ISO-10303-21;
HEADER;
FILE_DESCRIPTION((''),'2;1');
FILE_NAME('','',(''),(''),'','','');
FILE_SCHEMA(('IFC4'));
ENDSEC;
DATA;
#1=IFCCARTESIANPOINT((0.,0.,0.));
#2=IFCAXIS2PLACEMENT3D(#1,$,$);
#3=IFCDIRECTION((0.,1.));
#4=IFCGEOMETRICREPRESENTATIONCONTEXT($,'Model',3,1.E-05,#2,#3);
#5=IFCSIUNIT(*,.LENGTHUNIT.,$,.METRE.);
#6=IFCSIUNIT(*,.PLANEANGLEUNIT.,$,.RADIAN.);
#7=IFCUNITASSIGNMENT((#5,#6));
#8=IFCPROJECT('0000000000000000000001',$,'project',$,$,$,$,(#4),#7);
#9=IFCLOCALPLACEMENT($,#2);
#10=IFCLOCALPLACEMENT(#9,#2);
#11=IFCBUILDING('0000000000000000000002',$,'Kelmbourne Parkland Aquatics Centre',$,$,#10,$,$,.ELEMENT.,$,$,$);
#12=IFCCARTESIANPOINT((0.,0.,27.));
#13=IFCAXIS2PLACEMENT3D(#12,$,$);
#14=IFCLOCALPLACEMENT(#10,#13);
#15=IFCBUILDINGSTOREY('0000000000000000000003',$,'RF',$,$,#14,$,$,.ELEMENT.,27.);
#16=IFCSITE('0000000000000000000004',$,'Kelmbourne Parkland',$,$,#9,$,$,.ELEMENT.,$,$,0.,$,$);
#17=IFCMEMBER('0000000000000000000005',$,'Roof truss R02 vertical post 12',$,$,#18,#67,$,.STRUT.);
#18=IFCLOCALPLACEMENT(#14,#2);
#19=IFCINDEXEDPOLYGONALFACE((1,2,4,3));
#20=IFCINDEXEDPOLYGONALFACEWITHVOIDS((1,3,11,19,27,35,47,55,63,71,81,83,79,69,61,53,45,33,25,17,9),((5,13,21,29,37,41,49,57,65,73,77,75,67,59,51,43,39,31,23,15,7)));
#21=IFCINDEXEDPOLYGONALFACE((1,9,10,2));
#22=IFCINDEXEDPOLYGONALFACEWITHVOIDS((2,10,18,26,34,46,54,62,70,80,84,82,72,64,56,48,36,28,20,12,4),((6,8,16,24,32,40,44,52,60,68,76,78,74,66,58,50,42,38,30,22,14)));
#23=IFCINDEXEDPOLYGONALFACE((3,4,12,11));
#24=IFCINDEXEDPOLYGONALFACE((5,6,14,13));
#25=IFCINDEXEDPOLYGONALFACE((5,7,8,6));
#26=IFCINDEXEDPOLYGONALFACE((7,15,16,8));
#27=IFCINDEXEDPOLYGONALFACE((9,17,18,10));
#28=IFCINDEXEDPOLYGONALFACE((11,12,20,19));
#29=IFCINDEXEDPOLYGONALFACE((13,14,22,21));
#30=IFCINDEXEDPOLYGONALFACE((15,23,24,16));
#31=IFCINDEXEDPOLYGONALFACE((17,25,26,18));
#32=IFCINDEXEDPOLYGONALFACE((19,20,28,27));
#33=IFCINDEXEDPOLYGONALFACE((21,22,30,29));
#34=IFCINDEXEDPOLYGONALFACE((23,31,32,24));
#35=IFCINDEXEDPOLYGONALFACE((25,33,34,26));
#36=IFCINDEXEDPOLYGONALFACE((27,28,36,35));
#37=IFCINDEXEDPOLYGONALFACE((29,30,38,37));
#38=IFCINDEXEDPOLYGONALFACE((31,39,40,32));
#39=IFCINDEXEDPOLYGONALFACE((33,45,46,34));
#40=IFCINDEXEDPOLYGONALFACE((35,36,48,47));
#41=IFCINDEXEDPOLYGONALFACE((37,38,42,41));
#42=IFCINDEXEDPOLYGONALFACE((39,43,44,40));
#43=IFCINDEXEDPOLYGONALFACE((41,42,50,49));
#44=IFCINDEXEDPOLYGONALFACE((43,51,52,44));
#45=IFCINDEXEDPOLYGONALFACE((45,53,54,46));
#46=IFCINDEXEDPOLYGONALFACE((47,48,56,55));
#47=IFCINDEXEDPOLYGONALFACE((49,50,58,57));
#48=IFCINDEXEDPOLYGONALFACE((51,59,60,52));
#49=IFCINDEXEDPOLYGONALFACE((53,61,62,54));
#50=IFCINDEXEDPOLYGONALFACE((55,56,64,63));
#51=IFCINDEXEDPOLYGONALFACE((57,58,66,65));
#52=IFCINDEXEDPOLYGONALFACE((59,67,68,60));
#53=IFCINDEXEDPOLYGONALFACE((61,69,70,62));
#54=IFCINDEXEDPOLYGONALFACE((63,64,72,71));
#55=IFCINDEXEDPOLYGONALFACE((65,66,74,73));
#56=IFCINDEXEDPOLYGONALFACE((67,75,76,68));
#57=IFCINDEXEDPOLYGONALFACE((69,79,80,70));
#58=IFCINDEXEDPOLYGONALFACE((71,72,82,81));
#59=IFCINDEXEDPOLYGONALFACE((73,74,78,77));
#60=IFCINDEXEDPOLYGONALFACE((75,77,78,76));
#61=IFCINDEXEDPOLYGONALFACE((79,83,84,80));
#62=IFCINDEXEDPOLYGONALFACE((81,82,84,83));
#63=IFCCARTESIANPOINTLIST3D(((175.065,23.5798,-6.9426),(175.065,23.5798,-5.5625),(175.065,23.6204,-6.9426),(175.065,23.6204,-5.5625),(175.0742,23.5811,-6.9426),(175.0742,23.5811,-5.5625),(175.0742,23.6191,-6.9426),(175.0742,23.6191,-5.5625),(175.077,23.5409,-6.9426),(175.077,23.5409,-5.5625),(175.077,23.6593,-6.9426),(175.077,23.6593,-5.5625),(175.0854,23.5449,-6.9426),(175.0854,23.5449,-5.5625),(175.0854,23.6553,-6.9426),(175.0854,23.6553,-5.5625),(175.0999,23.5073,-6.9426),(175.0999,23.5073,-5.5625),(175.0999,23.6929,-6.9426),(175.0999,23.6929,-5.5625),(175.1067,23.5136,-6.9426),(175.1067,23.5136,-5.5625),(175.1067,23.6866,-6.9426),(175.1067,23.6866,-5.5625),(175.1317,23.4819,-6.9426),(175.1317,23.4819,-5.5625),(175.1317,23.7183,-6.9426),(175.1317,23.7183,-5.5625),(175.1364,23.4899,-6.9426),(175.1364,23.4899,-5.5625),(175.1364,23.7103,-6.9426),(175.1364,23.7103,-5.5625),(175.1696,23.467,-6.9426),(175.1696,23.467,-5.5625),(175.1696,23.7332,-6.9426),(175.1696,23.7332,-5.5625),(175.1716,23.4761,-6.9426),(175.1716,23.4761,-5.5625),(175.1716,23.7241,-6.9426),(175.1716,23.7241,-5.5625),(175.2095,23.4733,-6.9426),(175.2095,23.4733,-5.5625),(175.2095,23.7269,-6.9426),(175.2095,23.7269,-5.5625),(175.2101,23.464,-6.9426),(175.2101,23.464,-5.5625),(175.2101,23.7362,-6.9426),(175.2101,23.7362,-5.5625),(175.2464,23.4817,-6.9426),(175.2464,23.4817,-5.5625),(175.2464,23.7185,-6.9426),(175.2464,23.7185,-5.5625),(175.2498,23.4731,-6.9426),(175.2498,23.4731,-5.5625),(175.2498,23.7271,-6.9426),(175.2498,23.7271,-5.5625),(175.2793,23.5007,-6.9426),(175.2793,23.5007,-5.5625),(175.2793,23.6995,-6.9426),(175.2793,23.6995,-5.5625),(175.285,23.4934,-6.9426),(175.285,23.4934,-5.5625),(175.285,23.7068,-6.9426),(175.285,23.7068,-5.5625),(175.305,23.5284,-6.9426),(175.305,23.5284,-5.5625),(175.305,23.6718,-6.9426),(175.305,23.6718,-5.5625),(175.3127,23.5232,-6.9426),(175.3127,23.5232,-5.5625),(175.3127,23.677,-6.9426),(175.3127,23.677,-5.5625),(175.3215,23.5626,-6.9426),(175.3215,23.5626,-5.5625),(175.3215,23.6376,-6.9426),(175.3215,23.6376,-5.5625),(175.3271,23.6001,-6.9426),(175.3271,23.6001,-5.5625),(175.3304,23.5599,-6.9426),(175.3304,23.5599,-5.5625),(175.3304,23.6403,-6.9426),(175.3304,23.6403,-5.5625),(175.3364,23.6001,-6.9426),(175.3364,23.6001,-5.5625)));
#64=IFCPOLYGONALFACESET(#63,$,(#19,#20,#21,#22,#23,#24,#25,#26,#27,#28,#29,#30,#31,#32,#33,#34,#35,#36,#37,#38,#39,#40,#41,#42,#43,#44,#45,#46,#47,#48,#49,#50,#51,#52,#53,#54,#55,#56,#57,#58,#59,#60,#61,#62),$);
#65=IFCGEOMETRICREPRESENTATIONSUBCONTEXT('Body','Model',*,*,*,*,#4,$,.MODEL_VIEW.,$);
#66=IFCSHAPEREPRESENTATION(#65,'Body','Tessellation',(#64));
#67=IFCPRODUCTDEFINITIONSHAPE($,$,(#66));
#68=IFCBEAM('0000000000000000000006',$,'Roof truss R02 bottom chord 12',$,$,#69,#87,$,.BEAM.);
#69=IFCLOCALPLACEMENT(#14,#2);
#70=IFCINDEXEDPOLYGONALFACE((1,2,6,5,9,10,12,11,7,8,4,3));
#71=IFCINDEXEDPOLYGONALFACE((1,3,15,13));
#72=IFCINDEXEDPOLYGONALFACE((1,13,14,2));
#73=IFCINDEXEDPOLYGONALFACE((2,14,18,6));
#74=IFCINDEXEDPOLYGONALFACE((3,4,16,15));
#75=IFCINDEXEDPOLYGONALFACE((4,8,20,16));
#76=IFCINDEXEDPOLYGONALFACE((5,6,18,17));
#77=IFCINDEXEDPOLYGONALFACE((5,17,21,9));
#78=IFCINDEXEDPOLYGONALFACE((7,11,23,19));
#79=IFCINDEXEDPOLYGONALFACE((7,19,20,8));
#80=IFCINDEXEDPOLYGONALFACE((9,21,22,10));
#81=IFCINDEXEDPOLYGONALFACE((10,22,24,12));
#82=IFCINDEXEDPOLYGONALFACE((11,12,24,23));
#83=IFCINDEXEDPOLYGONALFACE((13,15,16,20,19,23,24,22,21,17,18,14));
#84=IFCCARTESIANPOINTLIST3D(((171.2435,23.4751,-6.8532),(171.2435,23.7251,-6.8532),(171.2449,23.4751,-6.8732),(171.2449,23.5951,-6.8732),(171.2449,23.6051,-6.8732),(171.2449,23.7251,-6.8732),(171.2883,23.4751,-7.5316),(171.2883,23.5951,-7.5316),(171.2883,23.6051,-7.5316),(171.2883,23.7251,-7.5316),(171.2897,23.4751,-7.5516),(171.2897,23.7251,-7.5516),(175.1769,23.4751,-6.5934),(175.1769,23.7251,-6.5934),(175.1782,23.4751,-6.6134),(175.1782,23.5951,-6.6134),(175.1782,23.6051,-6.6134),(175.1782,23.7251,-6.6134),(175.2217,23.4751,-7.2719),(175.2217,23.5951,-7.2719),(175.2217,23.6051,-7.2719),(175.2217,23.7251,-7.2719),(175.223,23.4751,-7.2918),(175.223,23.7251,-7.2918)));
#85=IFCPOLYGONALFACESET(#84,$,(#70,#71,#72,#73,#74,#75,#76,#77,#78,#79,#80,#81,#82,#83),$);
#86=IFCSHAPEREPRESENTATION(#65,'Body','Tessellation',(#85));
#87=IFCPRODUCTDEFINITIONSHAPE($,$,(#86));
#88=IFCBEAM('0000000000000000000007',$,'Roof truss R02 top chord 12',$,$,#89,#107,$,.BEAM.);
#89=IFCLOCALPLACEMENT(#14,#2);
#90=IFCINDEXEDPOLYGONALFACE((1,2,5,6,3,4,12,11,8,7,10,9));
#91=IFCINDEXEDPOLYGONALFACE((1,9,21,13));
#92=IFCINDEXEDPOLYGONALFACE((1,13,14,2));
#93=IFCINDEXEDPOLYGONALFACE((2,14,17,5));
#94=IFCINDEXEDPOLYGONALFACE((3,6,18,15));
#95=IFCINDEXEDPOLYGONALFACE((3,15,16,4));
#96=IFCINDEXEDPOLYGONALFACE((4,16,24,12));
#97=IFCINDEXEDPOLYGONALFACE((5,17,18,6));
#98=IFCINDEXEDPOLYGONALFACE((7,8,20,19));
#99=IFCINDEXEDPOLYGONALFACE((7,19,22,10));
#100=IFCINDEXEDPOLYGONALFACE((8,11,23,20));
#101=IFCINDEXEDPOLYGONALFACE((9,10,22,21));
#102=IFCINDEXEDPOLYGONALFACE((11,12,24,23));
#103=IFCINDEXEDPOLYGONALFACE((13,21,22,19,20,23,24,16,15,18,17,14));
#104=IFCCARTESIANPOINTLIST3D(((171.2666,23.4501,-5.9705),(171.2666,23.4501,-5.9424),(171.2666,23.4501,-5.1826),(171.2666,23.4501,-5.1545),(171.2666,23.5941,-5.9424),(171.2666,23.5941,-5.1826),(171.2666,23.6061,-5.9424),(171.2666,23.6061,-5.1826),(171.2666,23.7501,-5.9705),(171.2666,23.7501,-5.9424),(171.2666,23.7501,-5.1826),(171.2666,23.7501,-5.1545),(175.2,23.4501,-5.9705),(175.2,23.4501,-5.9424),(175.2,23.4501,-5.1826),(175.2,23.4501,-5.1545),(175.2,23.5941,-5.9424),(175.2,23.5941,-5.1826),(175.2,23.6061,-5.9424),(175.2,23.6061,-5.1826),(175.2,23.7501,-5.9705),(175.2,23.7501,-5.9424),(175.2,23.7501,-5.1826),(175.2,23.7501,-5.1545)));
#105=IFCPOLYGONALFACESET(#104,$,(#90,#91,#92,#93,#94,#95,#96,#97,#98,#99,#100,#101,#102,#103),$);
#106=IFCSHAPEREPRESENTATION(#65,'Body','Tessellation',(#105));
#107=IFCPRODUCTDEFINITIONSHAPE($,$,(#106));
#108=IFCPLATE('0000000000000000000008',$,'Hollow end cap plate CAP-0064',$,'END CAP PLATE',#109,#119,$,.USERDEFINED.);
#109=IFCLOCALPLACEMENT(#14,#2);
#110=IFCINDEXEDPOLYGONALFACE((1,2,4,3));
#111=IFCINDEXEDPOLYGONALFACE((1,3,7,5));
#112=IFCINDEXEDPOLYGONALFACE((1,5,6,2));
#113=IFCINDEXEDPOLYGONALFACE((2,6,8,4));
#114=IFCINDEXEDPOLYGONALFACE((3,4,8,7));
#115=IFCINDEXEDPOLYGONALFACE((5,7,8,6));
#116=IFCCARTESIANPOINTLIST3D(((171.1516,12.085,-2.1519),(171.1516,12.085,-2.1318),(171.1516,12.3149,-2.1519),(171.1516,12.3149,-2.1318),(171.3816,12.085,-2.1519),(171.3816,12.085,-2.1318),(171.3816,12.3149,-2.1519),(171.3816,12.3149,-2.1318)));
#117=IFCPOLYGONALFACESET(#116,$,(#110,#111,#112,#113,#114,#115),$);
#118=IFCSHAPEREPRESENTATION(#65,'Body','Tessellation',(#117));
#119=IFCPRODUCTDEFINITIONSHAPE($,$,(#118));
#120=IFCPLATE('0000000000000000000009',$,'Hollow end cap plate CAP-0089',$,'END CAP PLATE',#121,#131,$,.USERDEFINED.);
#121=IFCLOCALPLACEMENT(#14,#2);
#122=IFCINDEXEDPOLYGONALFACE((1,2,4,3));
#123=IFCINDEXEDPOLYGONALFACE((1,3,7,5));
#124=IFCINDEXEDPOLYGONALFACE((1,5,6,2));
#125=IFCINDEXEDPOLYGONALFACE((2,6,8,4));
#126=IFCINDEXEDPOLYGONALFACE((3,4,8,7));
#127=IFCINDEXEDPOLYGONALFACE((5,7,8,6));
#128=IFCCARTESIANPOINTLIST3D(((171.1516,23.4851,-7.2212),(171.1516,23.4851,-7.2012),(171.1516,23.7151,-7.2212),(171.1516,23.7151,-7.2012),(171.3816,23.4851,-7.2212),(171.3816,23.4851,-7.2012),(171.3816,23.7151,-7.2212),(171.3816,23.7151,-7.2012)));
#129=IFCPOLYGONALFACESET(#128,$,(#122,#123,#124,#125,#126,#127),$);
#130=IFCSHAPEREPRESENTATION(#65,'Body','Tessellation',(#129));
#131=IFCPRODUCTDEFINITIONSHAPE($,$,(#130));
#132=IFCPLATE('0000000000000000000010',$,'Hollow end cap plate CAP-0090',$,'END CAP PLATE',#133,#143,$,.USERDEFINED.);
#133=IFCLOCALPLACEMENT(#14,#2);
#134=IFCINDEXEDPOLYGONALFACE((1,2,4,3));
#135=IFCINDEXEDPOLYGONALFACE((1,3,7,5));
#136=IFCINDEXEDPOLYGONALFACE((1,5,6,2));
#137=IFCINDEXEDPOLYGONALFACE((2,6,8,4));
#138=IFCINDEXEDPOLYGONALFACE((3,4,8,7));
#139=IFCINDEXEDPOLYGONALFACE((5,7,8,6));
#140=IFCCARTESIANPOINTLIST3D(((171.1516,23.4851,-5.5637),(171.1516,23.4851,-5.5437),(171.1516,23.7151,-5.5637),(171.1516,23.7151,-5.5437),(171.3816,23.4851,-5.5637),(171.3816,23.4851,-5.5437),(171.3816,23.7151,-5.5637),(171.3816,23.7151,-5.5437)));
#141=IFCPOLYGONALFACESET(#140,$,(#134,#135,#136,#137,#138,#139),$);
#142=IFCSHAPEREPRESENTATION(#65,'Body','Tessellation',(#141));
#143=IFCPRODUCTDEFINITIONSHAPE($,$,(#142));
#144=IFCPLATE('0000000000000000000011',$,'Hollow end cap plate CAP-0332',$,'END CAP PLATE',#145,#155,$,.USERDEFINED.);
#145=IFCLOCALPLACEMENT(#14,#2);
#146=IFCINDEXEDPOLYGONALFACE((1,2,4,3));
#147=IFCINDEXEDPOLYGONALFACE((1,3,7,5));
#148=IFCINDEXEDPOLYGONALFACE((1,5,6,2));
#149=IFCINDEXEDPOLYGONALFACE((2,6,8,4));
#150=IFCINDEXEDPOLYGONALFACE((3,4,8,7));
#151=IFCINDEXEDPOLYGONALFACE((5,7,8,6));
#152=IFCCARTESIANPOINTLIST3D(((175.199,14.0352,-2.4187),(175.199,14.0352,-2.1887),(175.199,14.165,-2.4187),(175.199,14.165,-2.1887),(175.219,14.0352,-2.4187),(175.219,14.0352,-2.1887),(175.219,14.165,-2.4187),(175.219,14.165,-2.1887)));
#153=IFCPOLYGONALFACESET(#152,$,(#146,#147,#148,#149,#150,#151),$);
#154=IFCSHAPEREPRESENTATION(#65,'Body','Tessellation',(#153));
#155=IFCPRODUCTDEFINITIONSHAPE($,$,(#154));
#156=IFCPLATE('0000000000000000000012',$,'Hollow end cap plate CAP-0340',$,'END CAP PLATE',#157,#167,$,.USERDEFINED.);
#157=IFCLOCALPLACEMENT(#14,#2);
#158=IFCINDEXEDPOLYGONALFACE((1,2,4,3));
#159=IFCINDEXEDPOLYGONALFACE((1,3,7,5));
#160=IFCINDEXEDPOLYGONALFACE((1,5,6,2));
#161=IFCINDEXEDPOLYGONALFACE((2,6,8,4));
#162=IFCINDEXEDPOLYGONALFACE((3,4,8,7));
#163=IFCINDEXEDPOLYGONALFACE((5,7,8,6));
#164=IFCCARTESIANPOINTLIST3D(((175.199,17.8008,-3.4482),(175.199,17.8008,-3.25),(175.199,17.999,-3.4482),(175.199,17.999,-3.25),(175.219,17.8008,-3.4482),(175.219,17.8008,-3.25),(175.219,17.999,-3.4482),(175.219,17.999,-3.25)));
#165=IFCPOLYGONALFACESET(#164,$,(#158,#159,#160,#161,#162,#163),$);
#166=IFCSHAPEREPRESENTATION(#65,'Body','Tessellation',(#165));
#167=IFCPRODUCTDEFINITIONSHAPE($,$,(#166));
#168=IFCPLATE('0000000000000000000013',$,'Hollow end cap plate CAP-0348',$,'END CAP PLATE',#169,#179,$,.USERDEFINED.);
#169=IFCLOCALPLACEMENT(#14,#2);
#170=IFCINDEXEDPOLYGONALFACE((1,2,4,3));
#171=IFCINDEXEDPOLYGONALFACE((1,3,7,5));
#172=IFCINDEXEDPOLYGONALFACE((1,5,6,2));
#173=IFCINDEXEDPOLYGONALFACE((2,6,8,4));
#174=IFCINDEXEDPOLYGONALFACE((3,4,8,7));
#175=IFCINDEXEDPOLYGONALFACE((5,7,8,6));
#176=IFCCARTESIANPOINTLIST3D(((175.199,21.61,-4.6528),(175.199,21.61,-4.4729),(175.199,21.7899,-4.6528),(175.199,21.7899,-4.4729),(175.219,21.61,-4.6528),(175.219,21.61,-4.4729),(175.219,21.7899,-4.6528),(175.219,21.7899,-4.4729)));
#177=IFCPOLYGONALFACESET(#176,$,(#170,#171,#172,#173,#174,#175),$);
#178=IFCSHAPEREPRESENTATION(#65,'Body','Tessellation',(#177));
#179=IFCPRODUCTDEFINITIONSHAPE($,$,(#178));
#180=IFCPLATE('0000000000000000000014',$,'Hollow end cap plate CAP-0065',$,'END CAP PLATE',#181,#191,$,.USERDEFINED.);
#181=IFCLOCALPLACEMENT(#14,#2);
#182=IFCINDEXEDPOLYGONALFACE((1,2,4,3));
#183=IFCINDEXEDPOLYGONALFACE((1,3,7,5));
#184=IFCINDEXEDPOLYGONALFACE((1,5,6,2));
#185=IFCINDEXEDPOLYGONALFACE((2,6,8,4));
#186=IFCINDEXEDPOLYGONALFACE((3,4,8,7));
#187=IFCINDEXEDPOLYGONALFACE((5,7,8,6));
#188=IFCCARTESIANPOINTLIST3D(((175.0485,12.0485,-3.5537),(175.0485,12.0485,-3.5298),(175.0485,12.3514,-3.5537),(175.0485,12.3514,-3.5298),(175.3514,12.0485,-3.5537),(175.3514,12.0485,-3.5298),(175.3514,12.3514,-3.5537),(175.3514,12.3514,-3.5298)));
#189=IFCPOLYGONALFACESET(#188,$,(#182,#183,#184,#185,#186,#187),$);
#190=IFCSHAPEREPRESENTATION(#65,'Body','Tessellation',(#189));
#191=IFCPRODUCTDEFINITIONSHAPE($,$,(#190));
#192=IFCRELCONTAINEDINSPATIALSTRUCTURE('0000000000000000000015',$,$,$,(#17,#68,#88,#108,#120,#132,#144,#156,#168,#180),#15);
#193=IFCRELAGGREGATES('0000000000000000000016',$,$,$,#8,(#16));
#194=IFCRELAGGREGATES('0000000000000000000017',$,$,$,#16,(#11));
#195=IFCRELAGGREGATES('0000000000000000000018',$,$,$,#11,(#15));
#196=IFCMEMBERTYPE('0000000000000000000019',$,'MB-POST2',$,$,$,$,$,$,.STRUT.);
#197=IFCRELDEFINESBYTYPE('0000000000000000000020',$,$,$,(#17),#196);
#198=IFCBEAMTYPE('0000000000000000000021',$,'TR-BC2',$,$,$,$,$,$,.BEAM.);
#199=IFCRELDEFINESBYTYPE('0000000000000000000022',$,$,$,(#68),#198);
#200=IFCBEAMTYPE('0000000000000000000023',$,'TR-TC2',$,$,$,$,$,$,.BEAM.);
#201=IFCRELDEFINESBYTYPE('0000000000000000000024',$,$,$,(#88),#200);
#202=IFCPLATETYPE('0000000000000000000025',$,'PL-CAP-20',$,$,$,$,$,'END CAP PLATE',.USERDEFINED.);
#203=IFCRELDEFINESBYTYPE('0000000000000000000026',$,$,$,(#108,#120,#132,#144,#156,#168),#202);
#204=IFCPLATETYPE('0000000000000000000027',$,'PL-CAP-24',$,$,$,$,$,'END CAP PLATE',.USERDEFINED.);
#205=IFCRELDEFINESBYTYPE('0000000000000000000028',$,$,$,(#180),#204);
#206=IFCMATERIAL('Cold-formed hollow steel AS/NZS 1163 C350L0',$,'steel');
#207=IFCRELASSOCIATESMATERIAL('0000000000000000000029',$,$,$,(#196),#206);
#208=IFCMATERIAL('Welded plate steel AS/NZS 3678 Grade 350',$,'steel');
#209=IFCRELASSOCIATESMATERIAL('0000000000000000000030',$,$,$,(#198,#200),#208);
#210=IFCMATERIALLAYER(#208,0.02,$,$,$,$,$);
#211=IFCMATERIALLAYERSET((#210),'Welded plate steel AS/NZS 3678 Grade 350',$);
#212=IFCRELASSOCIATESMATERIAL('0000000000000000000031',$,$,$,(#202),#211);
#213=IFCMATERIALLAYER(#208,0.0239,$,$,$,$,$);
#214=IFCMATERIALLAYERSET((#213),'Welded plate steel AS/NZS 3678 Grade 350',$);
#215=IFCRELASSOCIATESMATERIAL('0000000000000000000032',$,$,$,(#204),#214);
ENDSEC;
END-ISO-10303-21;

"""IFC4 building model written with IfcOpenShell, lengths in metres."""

from ifc_helpers import new_model, si_unit, direction, frame, origin, origin_2d, place, context, subcontext, project, spatial, rectangle, hollow_circle, i_section, extrude, material, layer, layer_set, material_profile, profile_set, type_object, element, save


model = new_model("IFC4")

# Units and contexts
model_context = context("Model", 3, precision=1e-05, world=origin(), true_north=direction((0.0, 1.0)))
body_context = subcontext(model_context, "Body", "Model", "MODEL_VIEW")
ifc_project = project(units=[si_unit("LENGTHUNIT", "METRE"), si_unit("PLANEANGLEUNIT", "RADIAN")], contexts=[model_context])

# Site, building, storey
site_placement = place(None, origin())
site = spatial("IfcSite", under=ifc_project, at=site_placement, Name="Kelmbourne Parkland", CompositionType="ELEMENT", RefElevation=0.0)
building_placement = place(site_placement, origin())
building = spatial("IfcBuilding", under=site, at=building_placement, Name="Kelmbourne Parkland Aquatics Centre", CompositionType="ELEMENT")
storey_placement = place(building_placement, frame((0.0, 0.0, 27.0)))
storey = spatial("IfcBuildingStorey", under=building, at=storey_placement, Name="RF", CompositionType="ELEMENT", Elevation=27.0)

# Member
ifc_material_1 = material(Name="Cold-formed hollow steel AS/NZS 1163 C350L0", Category="steel")
ifc_material_profile_1 = material_profile(ifc_material_1, hollow_circle(Radius=0.1365, WallThickness=0.0093, at=origin_2d()), Name="CHS 273.1x9.3")
ifc_profile_set_1 = profile_set([ifc_material_profile_1], Name="Cold-formed hollow steel AS/NZS 1163 C350L0")
member_type_1 = type_object("IfcMemberType", Name="MB-POST2", PredefinedType="STRUT", material=ifc_profile_set_1)
member_1_placement = place(storey_placement, frame((175.2, 23.6001, -6.9426), z_axis=(0.0, 0.0, 1.0), x_axis=(1.0, 0.0, 0.0)))
element("IfcMember", 1, at=member_1_placement, inside=storey, type_object=member_type_1, Name="Roof truss R02 vertical post 12", PredefinedType="STRUT", context=body_context, shape_type="SweptSolid", body=[
    extrude(hollow_circle(Radius=0.1365, WallThickness=0.0093, at=origin_2d()), origin(), (0.0, 0.0, 1.0), 1.3801),
])

# Beams
ifc_material_2 = material(Name="Welded plate steel AS/NZS 3678 Grade 350", Category="steel")
ifc_material_profile_2 = material_profile(ifc_material_2, i_section(OverallWidth=0.25, OverallDepth=0.7, WebThickness=0.01, FlangeThickness=0.02, at=origin_2d()), Name="700WB130")
ifc_profile_set_2 = profile_set([ifc_material_profile_2], Name="Welded plate steel AS/NZS 3678 Grade 350")
beam_type_1 = type_object("IfcBeamType", Name="TR-BC2", PredefinedType="BEAM", material=ifc_profile_set_2)
beam_1_placement = place(storey_placement, frame((171.2666, 23.6001, -7.2024), z_axis=(0.997826, 0.0, 0.065898), x_axis=(0.0, 1.0, 0.0)))
element("IfcBeam", 2, at=beam_1_placement, inside=storey, type_object=beam_type_1, Name="Roof truss R02 bottom chord 12", PredefinedType="BEAM", context=body_context, shape_type="SweptSolid", body=[
    extrude(i_section(OverallWidth=0.25, OverallDepth=0.7, WebThickness=0.01, FlangeThickness=0.02, at=origin_2d()), origin(), (0.0, 0.0, 1.0), 3.9419),
])
ifc_material_profile_3 = material_profile(ifc_material_2, i_section(OverallWidth=0.3, OverallDepth=0.8159, WebThickness=0.012, FlangeThickness=0.0281, at=origin_2d()), Name="800WB192")
ifc_profile_set_3 = profile_set([ifc_material_profile_3], Name="Welded plate steel AS/NZS 3678 Grade 350")
beam_type_2 = type_object("IfcBeamType", Name="TR-TC2", PredefinedType="BEAM", material=ifc_profile_set_3)
beam_2_placement = place(storey_placement, frame((171.2666, 23.6001, -5.5625), z_axis=(1.0, 0.0, 0.0), x_axis=(0.0, 1.0, 0.0)))
element("IfcBeam", 3, at=beam_2_placement, inside=storey, type_object=beam_type_2, Name="Roof truss R02 top chord 12", PredefinedType="BEAM", context=body_context, shape_type="SweptSolid", body=[
    extrude(i_section(OverallWidth=0.3, OverallDepth=0.8159, WebThickness=0.012, FlangeThickness=0.0281, at=origin_2d()), origin(), (0.0, 0.0, 1.0), 3.9333),
])

# Plates
ifc_layer_1 = layer(ifc_material_2, 0.02)
ifc_layer_set_1 = layer_set([ifc_layer_1], Name="Welded plate steel AS/NZS 3678 Grade 350")
plate_type_1 = type_object("IfcPlateType", Name="PL-CAP-20", ElementType="END CAP PLATE", PredefinedType="USERDEFINED", material=ifc_layer_set_1)
for number, where, z_axis, x_axis, name in (
    (4, (171.2666, 12.2, -2.1519), (0.0, 0.0, 1.0), (1.0, 0.0, 0.0), "Hollow end cap plate CAP-0064"),
    (5, (171.2666, 23.6001, -7.2212), (0.0, 0.0, 1.0), (1.0, 0.0, 0.0), "Hollow end cap plate CAP-0089"),
    (6, (171.2666, 23.6001, -5.5637), (0.0, 0.0, 1.0), (1.0, 0.0, 0.0), "Hollow end cap plate CAP-0090"),
):
    element("IfcPlate", number, at=place(storey_placement, frame(where, z_axis=z_axis, x_axis=x_axis)), inside=storey, type_object=plate_type_1, Name=name, ObjectType="END CAP PLATE", PredefinedType="USERDEFINED", context=body_context, shape_type="SweptSolid", body=[
        extrude(rectangle(XDim=0.23, YDim=0.23, at=origin_2d()), origin(), (0.0, 0.0, 1.0), 0.02),
    ])
plate_1_placement = place(storey_placement, frame((175.209, 14.1001, -2.4187), z_axis=(0.0, 0.0, 1.0), x_axis=(1.0, 0.0, 0.0)))
element("IfcPlate", 7, at=plate_1_placement, inside=storey, type_object=plate_type_1, Name="Hollow end cap plate CAP-0332", ObjectType="END CAP PLATE", PredefinedType="USERDEFINED", context=body_context, shape_type="SweptSolid", body=[
    extrude(rectangle(XDim=0.02, YDim=0.1299, at=origin_2d()), origin(), (0.0, 0.0, 1.0), 0.23),
])
plate_2_placement = place(storey_placement, frame((175.209, 17.8999, -3.4482), z_axis=(0.0, 0.0, 1.0), x_axis=(1.0, 0.0, 0.0)))
element("IfcPlate", 8, at=plate_2_placement, inside=storey, type_object=plate_type_1, Name="Hollow end cap plate CAP-0340", ObjectType="END CAP PLATE", PredefinedType="USERDEFINED", context=body_context, shape_type="SweptSolid", body=[
    extrude(rectangle(XDim=0.02, YDim=0.1982, at=origin_2d()), origin(), (0.0, 0.0, 1.0), 0.1982),
])
plate_3_placement = place(storey_placement, frame((175.209, 21.7, -4.6528), z_axis=(0.0, 0.0, 1.0), x_axis=(1.0, 0.0, 0.0)))
element("IfcPlate", 9, at=plate_3_placement, inside=storey, type_object=plate_type_1, Name="Hollow end cap plate CAP-0348", ObjectType="END CAP PLATE", PredefinedType="USERDEFINED", context=body_context, shape_type="SweptSolid", body=[
    extrude(rectangle(XDim=0.02, YDim=0.1799, at=origin_2d()), origin(), (0.0, 0.0, 1.0), 0.1799),
])
ifc_layer_2 = layer(ifc_material_2, 0.0239)
ifc_layer_set_2 = layer_set([ifc_layer_2], Name="Welded plate steel AS/NZS 3678 Grade 350")
plate_type_2 = type_object("IfcPlateType", Name="PL-CAP-24", ElementType="END CAP PLATE", PredefinedType="USERDEFINED", material=ifc_layer_set_2)
for number, where, z_axis, x_axis, name in (
    (10, (175.2, 12.2, -3.5537), (0.0, 0.0, 1.0), (1.0, 0.0, 0.0), "Hollow end cap plate CAP-0065"),
):
    element("IfcPlate", number, at=place(storey_placement, frame(where, z_axis=z_axis, x_axis=x_axis)), inside=storey, type_object=plate_type_2, Name=name, ObjectType="END CAP PLATE", PredefinedType="USERDEFINED", context=body_context, shape_type="SweptSolid", body=[
        extrude(rectangle(XDim=0.303, YDim=0.303, at=origin_2d()), origin(), (0.0, 0.0, 1.0), 0.0239),
    ])

save(model, "model.ifc")
